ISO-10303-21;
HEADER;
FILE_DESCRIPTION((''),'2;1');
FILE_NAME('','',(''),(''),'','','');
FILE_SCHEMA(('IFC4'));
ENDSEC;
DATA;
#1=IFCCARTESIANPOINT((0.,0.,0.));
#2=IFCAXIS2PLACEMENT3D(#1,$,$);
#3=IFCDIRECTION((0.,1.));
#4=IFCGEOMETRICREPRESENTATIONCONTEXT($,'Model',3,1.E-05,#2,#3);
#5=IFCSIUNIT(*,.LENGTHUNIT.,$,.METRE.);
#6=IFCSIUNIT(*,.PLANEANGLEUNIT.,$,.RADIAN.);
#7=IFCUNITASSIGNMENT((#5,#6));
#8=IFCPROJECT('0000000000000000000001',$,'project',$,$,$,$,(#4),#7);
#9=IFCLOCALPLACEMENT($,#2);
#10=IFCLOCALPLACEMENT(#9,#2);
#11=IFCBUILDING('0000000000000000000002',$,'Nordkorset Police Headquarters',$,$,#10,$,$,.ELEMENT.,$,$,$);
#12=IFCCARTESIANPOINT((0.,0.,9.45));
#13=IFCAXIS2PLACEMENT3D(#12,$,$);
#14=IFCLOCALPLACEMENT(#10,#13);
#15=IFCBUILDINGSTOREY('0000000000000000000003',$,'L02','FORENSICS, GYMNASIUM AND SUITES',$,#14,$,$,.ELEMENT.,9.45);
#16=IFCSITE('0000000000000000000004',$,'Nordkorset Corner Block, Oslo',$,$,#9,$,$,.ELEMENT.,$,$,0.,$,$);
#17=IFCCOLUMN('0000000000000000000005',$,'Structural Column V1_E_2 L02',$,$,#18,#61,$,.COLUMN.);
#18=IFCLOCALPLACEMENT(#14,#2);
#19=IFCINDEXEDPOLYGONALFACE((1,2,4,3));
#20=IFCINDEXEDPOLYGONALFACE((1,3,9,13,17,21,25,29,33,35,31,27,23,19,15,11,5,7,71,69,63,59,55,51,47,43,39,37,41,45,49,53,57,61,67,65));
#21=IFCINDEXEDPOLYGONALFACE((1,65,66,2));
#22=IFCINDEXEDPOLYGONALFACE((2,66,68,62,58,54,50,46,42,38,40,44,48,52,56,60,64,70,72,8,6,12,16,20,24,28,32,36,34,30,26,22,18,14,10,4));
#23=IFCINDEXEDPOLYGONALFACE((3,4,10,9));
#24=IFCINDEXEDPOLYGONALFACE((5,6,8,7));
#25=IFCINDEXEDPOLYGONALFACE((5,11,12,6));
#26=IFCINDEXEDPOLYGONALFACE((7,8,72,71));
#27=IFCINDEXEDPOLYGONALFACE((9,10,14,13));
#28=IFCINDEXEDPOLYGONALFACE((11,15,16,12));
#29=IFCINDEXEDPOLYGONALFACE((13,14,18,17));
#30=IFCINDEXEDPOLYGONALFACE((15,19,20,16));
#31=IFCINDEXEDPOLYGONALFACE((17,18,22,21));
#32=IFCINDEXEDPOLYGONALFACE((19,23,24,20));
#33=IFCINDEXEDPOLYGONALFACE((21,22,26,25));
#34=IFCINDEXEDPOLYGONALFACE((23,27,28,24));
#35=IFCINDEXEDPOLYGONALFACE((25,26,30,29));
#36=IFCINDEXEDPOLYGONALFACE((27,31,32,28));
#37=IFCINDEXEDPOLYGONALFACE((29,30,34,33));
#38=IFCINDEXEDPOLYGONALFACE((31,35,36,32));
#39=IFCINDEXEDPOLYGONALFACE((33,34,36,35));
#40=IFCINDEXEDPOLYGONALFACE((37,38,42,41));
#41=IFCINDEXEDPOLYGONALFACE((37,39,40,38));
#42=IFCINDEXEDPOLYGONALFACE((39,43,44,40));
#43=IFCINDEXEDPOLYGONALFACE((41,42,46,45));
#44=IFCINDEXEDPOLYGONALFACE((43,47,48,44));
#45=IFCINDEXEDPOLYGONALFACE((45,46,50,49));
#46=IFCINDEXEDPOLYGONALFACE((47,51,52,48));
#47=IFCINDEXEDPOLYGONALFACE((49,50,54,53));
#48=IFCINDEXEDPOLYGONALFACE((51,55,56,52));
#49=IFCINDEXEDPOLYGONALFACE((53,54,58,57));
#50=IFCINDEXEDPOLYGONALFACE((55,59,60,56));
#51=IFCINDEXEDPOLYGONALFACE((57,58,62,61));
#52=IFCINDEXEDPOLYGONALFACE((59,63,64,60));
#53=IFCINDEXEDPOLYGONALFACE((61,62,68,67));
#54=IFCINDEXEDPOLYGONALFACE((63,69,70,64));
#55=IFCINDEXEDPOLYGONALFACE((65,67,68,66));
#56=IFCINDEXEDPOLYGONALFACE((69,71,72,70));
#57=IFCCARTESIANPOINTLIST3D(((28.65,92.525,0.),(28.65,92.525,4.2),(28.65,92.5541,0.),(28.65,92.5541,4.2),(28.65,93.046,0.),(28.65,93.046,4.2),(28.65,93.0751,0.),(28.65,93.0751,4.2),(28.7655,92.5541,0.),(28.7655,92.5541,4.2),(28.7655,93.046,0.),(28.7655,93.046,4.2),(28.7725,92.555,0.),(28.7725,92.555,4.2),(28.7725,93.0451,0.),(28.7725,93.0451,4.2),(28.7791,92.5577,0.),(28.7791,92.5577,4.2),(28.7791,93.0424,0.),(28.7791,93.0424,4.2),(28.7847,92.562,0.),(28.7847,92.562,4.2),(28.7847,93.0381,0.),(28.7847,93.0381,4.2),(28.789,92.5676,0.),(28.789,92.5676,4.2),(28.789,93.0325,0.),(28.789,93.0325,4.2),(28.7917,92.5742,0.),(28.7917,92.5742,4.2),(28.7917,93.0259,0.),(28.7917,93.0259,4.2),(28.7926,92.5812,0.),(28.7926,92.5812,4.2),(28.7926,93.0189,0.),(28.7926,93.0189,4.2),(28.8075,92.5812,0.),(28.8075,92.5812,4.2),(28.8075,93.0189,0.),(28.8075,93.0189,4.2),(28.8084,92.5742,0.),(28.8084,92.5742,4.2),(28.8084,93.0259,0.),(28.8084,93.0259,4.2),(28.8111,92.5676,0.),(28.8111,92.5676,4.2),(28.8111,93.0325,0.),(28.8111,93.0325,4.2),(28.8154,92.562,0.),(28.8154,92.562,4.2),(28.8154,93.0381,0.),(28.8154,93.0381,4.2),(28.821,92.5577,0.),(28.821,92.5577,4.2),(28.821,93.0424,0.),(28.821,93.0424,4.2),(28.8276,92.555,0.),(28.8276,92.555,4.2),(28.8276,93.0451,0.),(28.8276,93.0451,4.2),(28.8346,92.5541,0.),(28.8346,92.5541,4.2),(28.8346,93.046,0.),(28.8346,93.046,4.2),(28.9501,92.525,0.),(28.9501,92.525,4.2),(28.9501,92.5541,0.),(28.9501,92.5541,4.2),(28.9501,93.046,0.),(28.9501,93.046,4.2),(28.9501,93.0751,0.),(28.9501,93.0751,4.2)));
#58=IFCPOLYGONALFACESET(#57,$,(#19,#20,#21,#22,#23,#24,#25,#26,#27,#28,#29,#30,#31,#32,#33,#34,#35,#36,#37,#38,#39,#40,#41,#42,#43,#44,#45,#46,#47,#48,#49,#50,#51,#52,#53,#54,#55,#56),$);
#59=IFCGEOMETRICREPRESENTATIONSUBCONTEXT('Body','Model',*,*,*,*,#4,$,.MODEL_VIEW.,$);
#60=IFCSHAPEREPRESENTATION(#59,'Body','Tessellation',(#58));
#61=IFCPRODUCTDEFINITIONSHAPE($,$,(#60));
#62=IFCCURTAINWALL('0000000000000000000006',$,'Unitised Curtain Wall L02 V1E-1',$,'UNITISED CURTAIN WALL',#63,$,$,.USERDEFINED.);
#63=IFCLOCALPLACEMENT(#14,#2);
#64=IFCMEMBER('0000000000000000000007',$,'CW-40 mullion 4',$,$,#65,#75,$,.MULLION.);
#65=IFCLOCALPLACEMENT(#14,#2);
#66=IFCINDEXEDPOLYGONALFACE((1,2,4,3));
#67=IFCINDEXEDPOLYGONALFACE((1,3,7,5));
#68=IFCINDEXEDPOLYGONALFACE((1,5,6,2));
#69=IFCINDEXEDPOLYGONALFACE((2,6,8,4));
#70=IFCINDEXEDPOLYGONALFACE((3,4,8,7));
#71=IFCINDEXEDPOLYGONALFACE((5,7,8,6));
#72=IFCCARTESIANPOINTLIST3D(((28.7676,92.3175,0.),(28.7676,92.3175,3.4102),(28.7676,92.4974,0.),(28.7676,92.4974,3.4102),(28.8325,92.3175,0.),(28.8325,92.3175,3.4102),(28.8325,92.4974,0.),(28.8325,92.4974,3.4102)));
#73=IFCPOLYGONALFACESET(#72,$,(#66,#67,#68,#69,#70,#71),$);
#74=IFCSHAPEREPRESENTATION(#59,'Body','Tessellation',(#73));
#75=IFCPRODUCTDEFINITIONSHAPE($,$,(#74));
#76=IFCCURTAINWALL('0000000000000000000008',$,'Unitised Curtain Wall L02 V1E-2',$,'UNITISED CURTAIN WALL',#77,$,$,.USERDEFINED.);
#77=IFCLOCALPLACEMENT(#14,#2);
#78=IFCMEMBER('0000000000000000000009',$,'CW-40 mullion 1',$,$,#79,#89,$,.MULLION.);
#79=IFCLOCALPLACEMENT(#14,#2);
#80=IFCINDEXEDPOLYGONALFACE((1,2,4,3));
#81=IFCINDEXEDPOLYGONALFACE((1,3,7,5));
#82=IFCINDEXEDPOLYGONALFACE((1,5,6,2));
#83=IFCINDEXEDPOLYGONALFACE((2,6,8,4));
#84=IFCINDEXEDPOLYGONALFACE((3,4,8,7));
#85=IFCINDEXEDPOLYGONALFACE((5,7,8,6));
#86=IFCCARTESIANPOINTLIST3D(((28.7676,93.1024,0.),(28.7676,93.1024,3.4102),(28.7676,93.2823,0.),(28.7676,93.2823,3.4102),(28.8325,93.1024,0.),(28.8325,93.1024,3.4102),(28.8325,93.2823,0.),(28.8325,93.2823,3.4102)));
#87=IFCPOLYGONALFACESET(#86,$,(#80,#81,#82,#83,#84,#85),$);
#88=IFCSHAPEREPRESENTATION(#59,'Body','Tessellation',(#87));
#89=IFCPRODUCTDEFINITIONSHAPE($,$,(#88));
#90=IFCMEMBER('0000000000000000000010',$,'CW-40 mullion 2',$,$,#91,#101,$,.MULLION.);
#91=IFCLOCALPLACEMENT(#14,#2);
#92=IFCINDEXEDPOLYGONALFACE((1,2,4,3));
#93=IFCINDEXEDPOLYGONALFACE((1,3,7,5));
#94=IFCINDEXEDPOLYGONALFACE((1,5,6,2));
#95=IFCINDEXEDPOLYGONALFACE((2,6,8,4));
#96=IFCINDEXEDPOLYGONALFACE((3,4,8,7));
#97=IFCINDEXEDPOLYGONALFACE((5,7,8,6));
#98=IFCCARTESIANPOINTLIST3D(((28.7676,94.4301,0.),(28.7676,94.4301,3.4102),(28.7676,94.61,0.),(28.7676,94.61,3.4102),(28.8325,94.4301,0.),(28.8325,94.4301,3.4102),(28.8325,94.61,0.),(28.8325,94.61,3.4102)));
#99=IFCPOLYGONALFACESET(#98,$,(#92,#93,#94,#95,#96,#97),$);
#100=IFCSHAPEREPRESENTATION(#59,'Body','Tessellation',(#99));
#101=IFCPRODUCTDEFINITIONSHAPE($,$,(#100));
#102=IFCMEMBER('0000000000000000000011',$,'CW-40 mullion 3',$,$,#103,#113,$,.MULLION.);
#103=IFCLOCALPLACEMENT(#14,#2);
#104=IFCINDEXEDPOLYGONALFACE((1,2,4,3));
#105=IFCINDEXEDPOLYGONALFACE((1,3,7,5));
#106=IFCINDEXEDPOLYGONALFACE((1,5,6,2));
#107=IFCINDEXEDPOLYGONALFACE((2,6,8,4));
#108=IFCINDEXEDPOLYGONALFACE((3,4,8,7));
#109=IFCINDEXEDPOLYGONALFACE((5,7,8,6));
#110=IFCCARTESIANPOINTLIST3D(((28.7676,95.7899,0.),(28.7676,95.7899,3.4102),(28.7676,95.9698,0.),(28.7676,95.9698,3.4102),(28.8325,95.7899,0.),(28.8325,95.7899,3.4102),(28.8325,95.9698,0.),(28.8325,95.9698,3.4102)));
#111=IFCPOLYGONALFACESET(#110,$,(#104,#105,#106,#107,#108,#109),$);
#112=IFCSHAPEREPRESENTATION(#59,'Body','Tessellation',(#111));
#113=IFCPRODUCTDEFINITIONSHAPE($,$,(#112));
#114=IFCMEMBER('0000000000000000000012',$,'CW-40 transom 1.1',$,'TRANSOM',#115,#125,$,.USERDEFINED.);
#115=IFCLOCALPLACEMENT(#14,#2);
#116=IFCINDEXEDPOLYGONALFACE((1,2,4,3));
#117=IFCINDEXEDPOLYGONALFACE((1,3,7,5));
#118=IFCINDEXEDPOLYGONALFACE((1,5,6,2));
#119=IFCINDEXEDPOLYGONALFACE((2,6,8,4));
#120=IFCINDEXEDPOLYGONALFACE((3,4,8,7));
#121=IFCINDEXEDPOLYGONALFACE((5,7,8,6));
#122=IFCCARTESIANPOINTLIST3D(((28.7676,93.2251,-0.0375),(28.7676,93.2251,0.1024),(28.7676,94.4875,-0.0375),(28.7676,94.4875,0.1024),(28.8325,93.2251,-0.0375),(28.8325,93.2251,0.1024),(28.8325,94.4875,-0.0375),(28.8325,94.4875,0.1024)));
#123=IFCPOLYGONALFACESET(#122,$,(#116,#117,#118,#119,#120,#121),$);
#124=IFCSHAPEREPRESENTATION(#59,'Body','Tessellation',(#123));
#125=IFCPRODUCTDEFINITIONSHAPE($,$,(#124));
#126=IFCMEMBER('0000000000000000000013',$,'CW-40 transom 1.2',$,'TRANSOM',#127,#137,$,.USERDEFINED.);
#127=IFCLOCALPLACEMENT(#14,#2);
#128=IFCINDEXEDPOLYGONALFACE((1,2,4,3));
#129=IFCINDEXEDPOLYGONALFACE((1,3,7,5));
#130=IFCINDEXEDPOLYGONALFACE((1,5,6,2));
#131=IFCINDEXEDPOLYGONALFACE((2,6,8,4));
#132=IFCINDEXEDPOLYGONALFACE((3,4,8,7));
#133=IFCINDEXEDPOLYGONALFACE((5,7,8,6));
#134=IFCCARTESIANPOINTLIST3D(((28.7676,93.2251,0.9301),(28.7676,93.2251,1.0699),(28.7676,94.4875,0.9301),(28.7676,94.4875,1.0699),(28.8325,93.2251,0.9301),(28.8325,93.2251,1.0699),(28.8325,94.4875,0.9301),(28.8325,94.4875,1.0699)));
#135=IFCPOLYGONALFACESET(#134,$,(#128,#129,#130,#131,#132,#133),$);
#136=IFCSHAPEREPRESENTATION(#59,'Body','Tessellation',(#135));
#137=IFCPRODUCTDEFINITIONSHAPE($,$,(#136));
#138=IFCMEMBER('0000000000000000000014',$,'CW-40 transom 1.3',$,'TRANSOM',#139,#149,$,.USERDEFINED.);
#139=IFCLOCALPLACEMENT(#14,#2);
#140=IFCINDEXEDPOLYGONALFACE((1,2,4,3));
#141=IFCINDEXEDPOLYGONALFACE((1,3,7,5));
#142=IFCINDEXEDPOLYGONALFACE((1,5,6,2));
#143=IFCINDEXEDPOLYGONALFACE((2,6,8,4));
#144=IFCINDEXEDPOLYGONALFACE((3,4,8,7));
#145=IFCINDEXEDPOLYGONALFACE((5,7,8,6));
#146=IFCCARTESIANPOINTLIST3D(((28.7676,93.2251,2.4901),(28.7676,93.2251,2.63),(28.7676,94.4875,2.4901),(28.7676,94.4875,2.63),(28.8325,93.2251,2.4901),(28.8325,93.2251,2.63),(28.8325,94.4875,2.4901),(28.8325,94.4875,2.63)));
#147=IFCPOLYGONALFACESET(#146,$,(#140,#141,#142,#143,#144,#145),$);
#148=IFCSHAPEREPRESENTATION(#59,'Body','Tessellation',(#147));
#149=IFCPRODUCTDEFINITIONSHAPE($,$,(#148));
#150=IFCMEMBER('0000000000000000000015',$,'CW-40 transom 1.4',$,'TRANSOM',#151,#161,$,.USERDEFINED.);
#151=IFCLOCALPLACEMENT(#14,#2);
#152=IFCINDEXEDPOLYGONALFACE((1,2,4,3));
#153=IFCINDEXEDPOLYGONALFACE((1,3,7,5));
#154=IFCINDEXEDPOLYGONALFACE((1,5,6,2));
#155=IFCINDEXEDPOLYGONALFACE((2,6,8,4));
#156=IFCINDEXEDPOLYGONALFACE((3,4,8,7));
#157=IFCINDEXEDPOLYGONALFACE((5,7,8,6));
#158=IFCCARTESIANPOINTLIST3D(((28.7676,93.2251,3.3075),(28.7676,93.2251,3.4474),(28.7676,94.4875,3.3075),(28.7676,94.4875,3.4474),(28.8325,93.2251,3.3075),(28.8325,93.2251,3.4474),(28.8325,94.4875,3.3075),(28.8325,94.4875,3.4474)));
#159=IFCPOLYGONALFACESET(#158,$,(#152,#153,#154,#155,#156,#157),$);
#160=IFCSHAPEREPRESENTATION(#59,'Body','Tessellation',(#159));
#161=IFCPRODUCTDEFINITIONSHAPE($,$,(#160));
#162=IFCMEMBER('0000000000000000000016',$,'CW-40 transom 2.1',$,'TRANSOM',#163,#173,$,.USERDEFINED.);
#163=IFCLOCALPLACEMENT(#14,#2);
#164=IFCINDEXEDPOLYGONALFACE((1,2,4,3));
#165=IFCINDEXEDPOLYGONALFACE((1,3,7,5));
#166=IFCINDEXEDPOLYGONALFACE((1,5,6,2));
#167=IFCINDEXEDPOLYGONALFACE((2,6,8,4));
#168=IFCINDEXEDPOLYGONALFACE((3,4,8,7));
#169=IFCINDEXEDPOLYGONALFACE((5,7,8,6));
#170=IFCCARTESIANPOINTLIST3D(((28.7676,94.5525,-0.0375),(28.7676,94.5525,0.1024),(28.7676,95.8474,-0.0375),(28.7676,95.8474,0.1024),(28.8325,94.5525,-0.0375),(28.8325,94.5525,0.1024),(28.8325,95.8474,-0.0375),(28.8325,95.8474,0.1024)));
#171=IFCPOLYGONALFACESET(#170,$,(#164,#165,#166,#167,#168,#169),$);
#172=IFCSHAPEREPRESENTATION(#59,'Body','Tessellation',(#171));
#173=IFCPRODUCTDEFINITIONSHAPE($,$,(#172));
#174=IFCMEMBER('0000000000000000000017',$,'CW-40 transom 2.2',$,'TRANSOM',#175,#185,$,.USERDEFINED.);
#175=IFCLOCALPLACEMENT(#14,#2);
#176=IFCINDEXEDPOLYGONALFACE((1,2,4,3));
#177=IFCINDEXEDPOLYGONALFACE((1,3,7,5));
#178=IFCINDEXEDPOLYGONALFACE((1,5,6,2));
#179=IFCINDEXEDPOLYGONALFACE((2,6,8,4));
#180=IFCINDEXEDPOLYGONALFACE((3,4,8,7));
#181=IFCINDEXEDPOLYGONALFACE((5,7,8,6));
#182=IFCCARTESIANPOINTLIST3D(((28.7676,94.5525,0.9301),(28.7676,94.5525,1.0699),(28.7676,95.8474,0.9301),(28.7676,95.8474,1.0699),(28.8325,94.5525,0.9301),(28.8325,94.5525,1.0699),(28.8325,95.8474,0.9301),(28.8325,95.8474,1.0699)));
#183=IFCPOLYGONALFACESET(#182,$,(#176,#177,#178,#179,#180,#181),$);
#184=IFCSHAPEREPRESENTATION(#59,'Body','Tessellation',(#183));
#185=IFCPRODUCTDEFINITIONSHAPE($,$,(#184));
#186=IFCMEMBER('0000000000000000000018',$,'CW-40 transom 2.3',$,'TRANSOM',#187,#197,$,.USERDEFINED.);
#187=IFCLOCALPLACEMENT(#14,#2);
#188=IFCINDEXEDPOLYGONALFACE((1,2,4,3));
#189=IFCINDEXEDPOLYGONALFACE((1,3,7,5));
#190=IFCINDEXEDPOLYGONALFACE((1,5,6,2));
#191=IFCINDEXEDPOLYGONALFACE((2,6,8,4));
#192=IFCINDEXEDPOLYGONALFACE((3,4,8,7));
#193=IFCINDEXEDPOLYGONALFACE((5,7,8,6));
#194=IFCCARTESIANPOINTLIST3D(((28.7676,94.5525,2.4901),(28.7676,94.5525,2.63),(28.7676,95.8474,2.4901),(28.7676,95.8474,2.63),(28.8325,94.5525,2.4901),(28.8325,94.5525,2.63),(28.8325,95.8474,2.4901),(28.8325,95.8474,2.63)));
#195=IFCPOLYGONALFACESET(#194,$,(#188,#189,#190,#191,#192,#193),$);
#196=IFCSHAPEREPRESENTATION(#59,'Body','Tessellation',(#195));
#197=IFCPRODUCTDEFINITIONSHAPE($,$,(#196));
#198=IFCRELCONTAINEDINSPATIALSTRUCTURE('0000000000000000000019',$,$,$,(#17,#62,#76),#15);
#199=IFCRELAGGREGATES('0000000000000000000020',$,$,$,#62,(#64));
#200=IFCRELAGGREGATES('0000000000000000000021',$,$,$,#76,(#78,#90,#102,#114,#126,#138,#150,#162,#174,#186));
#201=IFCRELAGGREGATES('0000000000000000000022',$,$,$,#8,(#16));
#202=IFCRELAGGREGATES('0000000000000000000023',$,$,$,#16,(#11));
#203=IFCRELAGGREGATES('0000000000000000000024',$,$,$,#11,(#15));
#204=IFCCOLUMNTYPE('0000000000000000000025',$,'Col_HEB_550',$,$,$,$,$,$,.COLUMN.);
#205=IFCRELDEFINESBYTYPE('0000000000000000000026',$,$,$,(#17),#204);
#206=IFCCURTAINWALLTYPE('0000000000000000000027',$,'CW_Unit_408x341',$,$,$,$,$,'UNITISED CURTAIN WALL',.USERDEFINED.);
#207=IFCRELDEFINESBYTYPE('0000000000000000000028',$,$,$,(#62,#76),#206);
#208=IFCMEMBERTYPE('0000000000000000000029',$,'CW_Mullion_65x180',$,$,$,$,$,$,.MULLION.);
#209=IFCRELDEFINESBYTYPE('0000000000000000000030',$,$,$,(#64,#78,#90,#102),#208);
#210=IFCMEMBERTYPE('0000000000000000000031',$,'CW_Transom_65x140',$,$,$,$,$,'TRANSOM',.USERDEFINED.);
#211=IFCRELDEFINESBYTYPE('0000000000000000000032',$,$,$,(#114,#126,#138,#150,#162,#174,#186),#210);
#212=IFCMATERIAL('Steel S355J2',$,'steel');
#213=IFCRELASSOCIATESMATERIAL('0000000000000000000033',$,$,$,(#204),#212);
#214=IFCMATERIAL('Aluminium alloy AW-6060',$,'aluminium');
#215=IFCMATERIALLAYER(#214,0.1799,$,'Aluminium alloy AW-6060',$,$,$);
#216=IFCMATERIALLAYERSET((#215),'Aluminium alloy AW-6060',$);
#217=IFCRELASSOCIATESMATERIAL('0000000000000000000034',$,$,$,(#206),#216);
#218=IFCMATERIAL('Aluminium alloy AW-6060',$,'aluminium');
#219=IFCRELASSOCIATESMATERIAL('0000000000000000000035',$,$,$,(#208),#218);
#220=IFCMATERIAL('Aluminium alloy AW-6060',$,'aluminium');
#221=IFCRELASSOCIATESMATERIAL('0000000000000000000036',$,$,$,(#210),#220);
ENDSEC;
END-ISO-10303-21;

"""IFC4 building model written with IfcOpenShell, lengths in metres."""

from ifc_helpers import new_model, si_unit, direction, frame, origin, origin_2d, place, context, subcontext, project, spatial, rectangle, i_section, extrude, material, layer, layer_set, material_profile, profile_set, type_object, element, aggregate, save


model = new_model("IFC4")

# Units and contexts
model_context = context("Model", 3, precision=1e-05, world=origin(), true_north=direction((0.0, 1.0)))
body_context = subcontext(model_context, "Body", "Model", "MODEL_VIEW")
ifc_project = project(units=[si_unit("LENGTHUNIT", "METRE"), si_unit("PLANEANGLEUNIT", "RADIAN")], contexts=[model_context])

# Site, building, storey
site_placement = place(None, origin())
site = spatial("IfcSite", under=ifc_project, at=site_placement, Name="Nordkorset Corner Block, Oslo", CompositionType="ELEMENT", RefElevation=0.0)
building_placement = place(site_placement, origin())
building = spatial("IfcBuilding", under=site, at=building_placement, Name="Nordkorset Police Headquarters", CompositionType="ELEMENT")
storey_placement = place(building_placement, frame((0.0, 0.0, 9.45)))
storey = spatial("IfcBuildingStorey", under=building, at=storey_placement, Name="L02", Description="FORENSICS, GYMNASIUM AND SUITES", CompositionType="ELEMENT", Elevation=9.45)

# Column
ifc_material_1 = material(Name="Steel S355J2", Category="steel")
ifc_material_profile_1 = material_profile(ifc_material_1, i_section(OverallWidth=0.3, OverallDepth=0.55, WebThickness=0.0149, FlangeThickness=0.0291, FilletRadius=0.0271, at=origin_2d()), Name="HEB 550")
ifc_profile_set_1 = profile_set([ifc_material_profile_1], Name="Steel S355J2")
column_type = type_object("IfcColumnType", Name="Col_HEB_550", PredefinedType="COLUMN", material=ifc_profile_set_1)
column_placement = place(storey_placement, frame((28.8, 92.8, 0.0), z_axis=(0.0, 0.0, 1.0), x_axis=(1.0, 0.0, 0.0)))
element("IfcColumn", 1, at=column_placement, inside=storey, type_object=column_type, Name="Structural Column V1_E_2 L02", PredefinedType="COLUMN", context=body_context, shape_type="SweptSolid", body=[
    extrude(i_section(OverallWidth=0.3, OverallDepth=0.55, WebThickness=0.0149, FlangeThickness=0.0291, FilletRadius=0.0271, at=origin_2d()), origin(), (0.0, 0.0, 1.0), 4.2),
])

# Curtain wall, member
ifc_material_2 = material(Name="Aluminium alloy AW-6060", Category="aluminium")
ifc_layer_1 = layer(ifc_material_2, 0.1799, Name="Aluminium alloy AW-6060")
ifc_layer_set_1 = layer_set([ifc_layer_1], Name="Aluminium alloy AW-6060")
curtain_wall_type = type_object("IfcCurtainWallType", Name="CW_Unit_408x341", ElementType="UNITISED CURTAIN WALL", PredefinedType="USERDEFINED", material=ifc_layer_set_1)
curtain_wall_1_placement = place(storey_placement, origin())
curtain_wall_1 = element("IfcCurtainWall", 2, at=curtain_wall_1_placement, inside=storey, type_object=curtain_wall_type, Name="Unitised Curtain Wall L02 V1E-1", ObjectType="UNITISED CURTAIN WALL", PredefinedType="USERDEFINED")
ifc_material_3 = material(Name="Aluminium alloy AW-6060", Category="aluminium")
ifc_material_profile_2 = material_profile(ifc_material_3, rectangle(XDim=0.0649, YDim=0.1799, at=origin_2d()), Name="ALU MULL 65x180")
ifc_profile_set_2 = profile_set([ifc_material_profile_2], Name="Aluminium alloy AW-6060")
member_type_1 = type_object("IfcMemberType", Name="CW_Mullion_65x180", PredefinedType="MULLION", material=ifc_profile_set_2)
member_1_placement = place(storey_placement, frame((28.8, 92.4075, 0.0), z_axis=(0.0, 0.0, 1.0), x_axis=(-1.0, 0.0, 0.0)))
member_1 = element("IfcMember", 3, at=member_1_placement, type_object=member_type_1, Name="CW-40 mullion 4", PredefinedType="MULLION", context=body_context, shape_type="SweptSolid", body=[
    extrude(rectangle(XDim=0.0649, YDim=0.1799, at=origin_2d()), origin(), (0.0, 0.0, 1.0), 3.4102),
])

# Curtain wall, members
curtain_wall_2_placement = place(storey_placement, origin())
curtain_wall_2 = element("IfcCurtainWall", 4, at=curtain_wall_2_placement, inside=storey, type_object=curtain_wall_type, Name="Unitised Curtain Wall L02 V1E-2", ObjectType="UNITISED CURTAIN WALL", PredefinedType="USERDEFINED")
member_2_placement = place(storey_placement, frame((28.8, 93.1924, 0.0), z_axis=(0.0, 0.0, 1.0), x_axis=(-1.0, 0.0, 0.0)))
member_2 = element("IfcMember", 5, at=member_2_placement, type_object=member_type_1, Name="CW-40 mullion 1", PredefinedType="MULLION", context=body_context, shape_type="SweptSolid", body=[
    extrude(rectangle(XDim=0.0649, YDim=0.1799, at=origin_2d()), origin(), (0.0, 0.0, 1.0), 3.4102),
])
member_3_placement = place(storey_placement, frame((28.8, 94.52, 0.0), z_axis=(0.0, 0.0, 1.0), x_axis=(-1.0, 0.0, 0.0)))
member_3 = element("IfcMember", 6, at=member_3_placement, type_object=member_type_1, Name="CW-40 mullion 2", PredefinedType="MULLION", context=body_context, shape_type="SweptSolid", body=[
    extrude(rectangle(XDim=0.0649, YDim=0.1799, at=origin_2d()), origin(), (0.0, 0.0, 1.0), 3.4102),
])
member_4_placement = place(storey_placement, frame((28.8, 95.8799, 0.0), z_axis=(0.0, 0.0, 1.0), x_axis=(-1.0, 0.0, 0.0)))
member_4 = element("IfcMember", 7, at=member_4_placement, type_object=member_type_1, Name="CW-40 mullion 3", PredefinedType="MULLION", context=body_context, shape_type="SweptSolid", body=[
    extrude(rectangle(XDim=0.0649, YDim=0.1799, at=origin_2d()), origin(), (0.0, 0.0, 1.0), 3.4102),
])
ifc_material_4 = material(Name="Aluminium alloy AW-6060", Category="aluminium")
ifc_material_profile_3 = material_profile(ifc_material_4, rectangle(XDim=0.0649, YDim=0.1399, at=origin_2d()), Name="ALU TRAN 65x140")
ifc_profile_set_3 = profile_set([ifc_material_profile_3], Name="Aluminium alloy AW-6060")
member_type_2 = type_object("IfcMemberType", Name="CW_Transom_65x140", ElementType="TRANSOM", PredefinedType="USERDEFINED", material=ifc_profile_set_3)
member_5_placement = place(storey_placement, frame((28.8, 93.2251, 0.0325), z_axis=(0.0, 1.0, 0.0), x_axis=(-1.0, 0.0, 0.0)))
member_5 = element("IfcMember", 8, at=member_5_placement, type_object=member_type_2, Name="CW-40 transom 1.1", ObjectType="TRANSOM", PredefinedType="USERDEFINED", context=body_context, shape_type="SweptSolid", body=[
    extrude(rectangle(XDim=0.0649, YDim=0.1399, at=origin_2d()), origin(), (0.0, 0.0, 1.0), 1.2625),
])
member_6_placement = place(storey_placement, frame((28.8, 93.2251, 1.0), z_axis=(0.0, 1.0, 0.0), x_axis=(-1.0, 0.0, 0.0)))
member_6 = element("IfcMember", 9, at=member_6_placement, type_object=member_type_2, Name="CW-40 transom 1.2", ObjectType="TRANSOM", PredefinedType="USERDEFINED", context=body_context, shape_type="SweptSolid", body=[
    extrude(rectangle(XDim=0.0649, YDim=0.1399, at=origin_2d()), origin(), (0.0, 0.0, 1.0), 1.2625),
])
member_7_placement = place(storey_placement, frame((28.8, 93.2251, 2.5601), z_axis=(0.0, 1.0, 0.0), x_axis=(-1.0, 0.0, 0.0)))
member_7 = element("IfcMember", 10, at=member_7_placement, type_object=member_type_2, Name="CW-40 transom 1.3", ObjectType="TRANSOM", PredefinedType="USERDEFINED", context=body_context, shape_type="SweptSolid", body=[
    extrude(rectangle(XDim=0.0649, YDim=0.1399, at=origin_2d()), origin(), (0.0, 0.0, 1.0), 1.2625),
])
member_8_placement = place(storey_placement, frame((28.8, 93.2251, 3.3774), z_axis=(0.0, 1.0, 0.0), x_axis=(-1.0, 0.0, 0.0)))
member_8 = element("IfcMember", 11, at=member_8_placement, type_object=member_type_2, Name="CW-40 transom 1.4", ObjectType="TRANSOM", PredefinedType="USERDEFINED", context=body_context, shape_type="SweptSolid", body=[
    extrude(rectangle(XDim=0.0649, YDim=0.1399, at=origin_2d()), origin(), (0.0, 0.0, 1.0), 1.2625),
])
member_9_placement = place(storey_placement, frame((28.8, 94.5525, 0.0325), z_axis=(0.0, 1.0, 0.0), x_axis=(-1.0, 0.0, 0.0)))
member_9 = element("IfcMember", 12, at=member_9_placement, type_object=member_type_2, Name="CW-40 transom 2.1", ObjectType="TRANSOM", PredefinedType="USERDEFINED", context=body_context, shape_type="SweptSolid", body=[
    extrude(rectangle(XDim=0.0649, YDim=0.1399, at=origin_2d()), origin(), (0.0, 0.0, 1.0), 1.2949),
])
member_10_placement = place(storey_placement, frame((28.8, 94.5525, 1.0), z_axis=(0.0, 1.0, 0.0), x_axis=(-1.0, 0.0, 0.0)))
member_10 = element("IfcMember", 13, at=member_10_placement, type_object=member_type_2, Name="CW-40 transom 2.2", ObjectType="TRANSOM", PredefinedType="USERDEFINED", context=body_context, shape_type="SweptSolid", body=[
    extrude(rectangle(XDim=0.0649, YDim=0.1399, at=origin_2d()), origin(), (0.0, 0.0, 1.0), 1.2949),
])
member_11_placement = place(storey_placement, frame((28.8, 94.5525, 2.5601), z_axis=(0.0, 1.0, 0.0), x_axis=(-1.0, 0.0, 0.0)))
member_11 = element("IfcMember", 14, at=member_11_placement, type_object=member_type_2, Name="CW-40 transom 2.3", ObjectType="TRANSOM", PredefinedType="USERDEFINED", context=body_context, shape_type="SweptSolid", body=[
    extrude(rectangle(XDim=0.0649, YDim=0.1399, at=origin_2d()), origin(), (0.0, 0.0, 1.0), 1.2949),
])

aggregate(curtain_wall_1, [member_1])
aggregate(curtain_wall_2, [member_2, member_3, member_4, member_5, member_6, member_7, member_8, member_9, member_10, member_11])

save(model, "model.ifc")
